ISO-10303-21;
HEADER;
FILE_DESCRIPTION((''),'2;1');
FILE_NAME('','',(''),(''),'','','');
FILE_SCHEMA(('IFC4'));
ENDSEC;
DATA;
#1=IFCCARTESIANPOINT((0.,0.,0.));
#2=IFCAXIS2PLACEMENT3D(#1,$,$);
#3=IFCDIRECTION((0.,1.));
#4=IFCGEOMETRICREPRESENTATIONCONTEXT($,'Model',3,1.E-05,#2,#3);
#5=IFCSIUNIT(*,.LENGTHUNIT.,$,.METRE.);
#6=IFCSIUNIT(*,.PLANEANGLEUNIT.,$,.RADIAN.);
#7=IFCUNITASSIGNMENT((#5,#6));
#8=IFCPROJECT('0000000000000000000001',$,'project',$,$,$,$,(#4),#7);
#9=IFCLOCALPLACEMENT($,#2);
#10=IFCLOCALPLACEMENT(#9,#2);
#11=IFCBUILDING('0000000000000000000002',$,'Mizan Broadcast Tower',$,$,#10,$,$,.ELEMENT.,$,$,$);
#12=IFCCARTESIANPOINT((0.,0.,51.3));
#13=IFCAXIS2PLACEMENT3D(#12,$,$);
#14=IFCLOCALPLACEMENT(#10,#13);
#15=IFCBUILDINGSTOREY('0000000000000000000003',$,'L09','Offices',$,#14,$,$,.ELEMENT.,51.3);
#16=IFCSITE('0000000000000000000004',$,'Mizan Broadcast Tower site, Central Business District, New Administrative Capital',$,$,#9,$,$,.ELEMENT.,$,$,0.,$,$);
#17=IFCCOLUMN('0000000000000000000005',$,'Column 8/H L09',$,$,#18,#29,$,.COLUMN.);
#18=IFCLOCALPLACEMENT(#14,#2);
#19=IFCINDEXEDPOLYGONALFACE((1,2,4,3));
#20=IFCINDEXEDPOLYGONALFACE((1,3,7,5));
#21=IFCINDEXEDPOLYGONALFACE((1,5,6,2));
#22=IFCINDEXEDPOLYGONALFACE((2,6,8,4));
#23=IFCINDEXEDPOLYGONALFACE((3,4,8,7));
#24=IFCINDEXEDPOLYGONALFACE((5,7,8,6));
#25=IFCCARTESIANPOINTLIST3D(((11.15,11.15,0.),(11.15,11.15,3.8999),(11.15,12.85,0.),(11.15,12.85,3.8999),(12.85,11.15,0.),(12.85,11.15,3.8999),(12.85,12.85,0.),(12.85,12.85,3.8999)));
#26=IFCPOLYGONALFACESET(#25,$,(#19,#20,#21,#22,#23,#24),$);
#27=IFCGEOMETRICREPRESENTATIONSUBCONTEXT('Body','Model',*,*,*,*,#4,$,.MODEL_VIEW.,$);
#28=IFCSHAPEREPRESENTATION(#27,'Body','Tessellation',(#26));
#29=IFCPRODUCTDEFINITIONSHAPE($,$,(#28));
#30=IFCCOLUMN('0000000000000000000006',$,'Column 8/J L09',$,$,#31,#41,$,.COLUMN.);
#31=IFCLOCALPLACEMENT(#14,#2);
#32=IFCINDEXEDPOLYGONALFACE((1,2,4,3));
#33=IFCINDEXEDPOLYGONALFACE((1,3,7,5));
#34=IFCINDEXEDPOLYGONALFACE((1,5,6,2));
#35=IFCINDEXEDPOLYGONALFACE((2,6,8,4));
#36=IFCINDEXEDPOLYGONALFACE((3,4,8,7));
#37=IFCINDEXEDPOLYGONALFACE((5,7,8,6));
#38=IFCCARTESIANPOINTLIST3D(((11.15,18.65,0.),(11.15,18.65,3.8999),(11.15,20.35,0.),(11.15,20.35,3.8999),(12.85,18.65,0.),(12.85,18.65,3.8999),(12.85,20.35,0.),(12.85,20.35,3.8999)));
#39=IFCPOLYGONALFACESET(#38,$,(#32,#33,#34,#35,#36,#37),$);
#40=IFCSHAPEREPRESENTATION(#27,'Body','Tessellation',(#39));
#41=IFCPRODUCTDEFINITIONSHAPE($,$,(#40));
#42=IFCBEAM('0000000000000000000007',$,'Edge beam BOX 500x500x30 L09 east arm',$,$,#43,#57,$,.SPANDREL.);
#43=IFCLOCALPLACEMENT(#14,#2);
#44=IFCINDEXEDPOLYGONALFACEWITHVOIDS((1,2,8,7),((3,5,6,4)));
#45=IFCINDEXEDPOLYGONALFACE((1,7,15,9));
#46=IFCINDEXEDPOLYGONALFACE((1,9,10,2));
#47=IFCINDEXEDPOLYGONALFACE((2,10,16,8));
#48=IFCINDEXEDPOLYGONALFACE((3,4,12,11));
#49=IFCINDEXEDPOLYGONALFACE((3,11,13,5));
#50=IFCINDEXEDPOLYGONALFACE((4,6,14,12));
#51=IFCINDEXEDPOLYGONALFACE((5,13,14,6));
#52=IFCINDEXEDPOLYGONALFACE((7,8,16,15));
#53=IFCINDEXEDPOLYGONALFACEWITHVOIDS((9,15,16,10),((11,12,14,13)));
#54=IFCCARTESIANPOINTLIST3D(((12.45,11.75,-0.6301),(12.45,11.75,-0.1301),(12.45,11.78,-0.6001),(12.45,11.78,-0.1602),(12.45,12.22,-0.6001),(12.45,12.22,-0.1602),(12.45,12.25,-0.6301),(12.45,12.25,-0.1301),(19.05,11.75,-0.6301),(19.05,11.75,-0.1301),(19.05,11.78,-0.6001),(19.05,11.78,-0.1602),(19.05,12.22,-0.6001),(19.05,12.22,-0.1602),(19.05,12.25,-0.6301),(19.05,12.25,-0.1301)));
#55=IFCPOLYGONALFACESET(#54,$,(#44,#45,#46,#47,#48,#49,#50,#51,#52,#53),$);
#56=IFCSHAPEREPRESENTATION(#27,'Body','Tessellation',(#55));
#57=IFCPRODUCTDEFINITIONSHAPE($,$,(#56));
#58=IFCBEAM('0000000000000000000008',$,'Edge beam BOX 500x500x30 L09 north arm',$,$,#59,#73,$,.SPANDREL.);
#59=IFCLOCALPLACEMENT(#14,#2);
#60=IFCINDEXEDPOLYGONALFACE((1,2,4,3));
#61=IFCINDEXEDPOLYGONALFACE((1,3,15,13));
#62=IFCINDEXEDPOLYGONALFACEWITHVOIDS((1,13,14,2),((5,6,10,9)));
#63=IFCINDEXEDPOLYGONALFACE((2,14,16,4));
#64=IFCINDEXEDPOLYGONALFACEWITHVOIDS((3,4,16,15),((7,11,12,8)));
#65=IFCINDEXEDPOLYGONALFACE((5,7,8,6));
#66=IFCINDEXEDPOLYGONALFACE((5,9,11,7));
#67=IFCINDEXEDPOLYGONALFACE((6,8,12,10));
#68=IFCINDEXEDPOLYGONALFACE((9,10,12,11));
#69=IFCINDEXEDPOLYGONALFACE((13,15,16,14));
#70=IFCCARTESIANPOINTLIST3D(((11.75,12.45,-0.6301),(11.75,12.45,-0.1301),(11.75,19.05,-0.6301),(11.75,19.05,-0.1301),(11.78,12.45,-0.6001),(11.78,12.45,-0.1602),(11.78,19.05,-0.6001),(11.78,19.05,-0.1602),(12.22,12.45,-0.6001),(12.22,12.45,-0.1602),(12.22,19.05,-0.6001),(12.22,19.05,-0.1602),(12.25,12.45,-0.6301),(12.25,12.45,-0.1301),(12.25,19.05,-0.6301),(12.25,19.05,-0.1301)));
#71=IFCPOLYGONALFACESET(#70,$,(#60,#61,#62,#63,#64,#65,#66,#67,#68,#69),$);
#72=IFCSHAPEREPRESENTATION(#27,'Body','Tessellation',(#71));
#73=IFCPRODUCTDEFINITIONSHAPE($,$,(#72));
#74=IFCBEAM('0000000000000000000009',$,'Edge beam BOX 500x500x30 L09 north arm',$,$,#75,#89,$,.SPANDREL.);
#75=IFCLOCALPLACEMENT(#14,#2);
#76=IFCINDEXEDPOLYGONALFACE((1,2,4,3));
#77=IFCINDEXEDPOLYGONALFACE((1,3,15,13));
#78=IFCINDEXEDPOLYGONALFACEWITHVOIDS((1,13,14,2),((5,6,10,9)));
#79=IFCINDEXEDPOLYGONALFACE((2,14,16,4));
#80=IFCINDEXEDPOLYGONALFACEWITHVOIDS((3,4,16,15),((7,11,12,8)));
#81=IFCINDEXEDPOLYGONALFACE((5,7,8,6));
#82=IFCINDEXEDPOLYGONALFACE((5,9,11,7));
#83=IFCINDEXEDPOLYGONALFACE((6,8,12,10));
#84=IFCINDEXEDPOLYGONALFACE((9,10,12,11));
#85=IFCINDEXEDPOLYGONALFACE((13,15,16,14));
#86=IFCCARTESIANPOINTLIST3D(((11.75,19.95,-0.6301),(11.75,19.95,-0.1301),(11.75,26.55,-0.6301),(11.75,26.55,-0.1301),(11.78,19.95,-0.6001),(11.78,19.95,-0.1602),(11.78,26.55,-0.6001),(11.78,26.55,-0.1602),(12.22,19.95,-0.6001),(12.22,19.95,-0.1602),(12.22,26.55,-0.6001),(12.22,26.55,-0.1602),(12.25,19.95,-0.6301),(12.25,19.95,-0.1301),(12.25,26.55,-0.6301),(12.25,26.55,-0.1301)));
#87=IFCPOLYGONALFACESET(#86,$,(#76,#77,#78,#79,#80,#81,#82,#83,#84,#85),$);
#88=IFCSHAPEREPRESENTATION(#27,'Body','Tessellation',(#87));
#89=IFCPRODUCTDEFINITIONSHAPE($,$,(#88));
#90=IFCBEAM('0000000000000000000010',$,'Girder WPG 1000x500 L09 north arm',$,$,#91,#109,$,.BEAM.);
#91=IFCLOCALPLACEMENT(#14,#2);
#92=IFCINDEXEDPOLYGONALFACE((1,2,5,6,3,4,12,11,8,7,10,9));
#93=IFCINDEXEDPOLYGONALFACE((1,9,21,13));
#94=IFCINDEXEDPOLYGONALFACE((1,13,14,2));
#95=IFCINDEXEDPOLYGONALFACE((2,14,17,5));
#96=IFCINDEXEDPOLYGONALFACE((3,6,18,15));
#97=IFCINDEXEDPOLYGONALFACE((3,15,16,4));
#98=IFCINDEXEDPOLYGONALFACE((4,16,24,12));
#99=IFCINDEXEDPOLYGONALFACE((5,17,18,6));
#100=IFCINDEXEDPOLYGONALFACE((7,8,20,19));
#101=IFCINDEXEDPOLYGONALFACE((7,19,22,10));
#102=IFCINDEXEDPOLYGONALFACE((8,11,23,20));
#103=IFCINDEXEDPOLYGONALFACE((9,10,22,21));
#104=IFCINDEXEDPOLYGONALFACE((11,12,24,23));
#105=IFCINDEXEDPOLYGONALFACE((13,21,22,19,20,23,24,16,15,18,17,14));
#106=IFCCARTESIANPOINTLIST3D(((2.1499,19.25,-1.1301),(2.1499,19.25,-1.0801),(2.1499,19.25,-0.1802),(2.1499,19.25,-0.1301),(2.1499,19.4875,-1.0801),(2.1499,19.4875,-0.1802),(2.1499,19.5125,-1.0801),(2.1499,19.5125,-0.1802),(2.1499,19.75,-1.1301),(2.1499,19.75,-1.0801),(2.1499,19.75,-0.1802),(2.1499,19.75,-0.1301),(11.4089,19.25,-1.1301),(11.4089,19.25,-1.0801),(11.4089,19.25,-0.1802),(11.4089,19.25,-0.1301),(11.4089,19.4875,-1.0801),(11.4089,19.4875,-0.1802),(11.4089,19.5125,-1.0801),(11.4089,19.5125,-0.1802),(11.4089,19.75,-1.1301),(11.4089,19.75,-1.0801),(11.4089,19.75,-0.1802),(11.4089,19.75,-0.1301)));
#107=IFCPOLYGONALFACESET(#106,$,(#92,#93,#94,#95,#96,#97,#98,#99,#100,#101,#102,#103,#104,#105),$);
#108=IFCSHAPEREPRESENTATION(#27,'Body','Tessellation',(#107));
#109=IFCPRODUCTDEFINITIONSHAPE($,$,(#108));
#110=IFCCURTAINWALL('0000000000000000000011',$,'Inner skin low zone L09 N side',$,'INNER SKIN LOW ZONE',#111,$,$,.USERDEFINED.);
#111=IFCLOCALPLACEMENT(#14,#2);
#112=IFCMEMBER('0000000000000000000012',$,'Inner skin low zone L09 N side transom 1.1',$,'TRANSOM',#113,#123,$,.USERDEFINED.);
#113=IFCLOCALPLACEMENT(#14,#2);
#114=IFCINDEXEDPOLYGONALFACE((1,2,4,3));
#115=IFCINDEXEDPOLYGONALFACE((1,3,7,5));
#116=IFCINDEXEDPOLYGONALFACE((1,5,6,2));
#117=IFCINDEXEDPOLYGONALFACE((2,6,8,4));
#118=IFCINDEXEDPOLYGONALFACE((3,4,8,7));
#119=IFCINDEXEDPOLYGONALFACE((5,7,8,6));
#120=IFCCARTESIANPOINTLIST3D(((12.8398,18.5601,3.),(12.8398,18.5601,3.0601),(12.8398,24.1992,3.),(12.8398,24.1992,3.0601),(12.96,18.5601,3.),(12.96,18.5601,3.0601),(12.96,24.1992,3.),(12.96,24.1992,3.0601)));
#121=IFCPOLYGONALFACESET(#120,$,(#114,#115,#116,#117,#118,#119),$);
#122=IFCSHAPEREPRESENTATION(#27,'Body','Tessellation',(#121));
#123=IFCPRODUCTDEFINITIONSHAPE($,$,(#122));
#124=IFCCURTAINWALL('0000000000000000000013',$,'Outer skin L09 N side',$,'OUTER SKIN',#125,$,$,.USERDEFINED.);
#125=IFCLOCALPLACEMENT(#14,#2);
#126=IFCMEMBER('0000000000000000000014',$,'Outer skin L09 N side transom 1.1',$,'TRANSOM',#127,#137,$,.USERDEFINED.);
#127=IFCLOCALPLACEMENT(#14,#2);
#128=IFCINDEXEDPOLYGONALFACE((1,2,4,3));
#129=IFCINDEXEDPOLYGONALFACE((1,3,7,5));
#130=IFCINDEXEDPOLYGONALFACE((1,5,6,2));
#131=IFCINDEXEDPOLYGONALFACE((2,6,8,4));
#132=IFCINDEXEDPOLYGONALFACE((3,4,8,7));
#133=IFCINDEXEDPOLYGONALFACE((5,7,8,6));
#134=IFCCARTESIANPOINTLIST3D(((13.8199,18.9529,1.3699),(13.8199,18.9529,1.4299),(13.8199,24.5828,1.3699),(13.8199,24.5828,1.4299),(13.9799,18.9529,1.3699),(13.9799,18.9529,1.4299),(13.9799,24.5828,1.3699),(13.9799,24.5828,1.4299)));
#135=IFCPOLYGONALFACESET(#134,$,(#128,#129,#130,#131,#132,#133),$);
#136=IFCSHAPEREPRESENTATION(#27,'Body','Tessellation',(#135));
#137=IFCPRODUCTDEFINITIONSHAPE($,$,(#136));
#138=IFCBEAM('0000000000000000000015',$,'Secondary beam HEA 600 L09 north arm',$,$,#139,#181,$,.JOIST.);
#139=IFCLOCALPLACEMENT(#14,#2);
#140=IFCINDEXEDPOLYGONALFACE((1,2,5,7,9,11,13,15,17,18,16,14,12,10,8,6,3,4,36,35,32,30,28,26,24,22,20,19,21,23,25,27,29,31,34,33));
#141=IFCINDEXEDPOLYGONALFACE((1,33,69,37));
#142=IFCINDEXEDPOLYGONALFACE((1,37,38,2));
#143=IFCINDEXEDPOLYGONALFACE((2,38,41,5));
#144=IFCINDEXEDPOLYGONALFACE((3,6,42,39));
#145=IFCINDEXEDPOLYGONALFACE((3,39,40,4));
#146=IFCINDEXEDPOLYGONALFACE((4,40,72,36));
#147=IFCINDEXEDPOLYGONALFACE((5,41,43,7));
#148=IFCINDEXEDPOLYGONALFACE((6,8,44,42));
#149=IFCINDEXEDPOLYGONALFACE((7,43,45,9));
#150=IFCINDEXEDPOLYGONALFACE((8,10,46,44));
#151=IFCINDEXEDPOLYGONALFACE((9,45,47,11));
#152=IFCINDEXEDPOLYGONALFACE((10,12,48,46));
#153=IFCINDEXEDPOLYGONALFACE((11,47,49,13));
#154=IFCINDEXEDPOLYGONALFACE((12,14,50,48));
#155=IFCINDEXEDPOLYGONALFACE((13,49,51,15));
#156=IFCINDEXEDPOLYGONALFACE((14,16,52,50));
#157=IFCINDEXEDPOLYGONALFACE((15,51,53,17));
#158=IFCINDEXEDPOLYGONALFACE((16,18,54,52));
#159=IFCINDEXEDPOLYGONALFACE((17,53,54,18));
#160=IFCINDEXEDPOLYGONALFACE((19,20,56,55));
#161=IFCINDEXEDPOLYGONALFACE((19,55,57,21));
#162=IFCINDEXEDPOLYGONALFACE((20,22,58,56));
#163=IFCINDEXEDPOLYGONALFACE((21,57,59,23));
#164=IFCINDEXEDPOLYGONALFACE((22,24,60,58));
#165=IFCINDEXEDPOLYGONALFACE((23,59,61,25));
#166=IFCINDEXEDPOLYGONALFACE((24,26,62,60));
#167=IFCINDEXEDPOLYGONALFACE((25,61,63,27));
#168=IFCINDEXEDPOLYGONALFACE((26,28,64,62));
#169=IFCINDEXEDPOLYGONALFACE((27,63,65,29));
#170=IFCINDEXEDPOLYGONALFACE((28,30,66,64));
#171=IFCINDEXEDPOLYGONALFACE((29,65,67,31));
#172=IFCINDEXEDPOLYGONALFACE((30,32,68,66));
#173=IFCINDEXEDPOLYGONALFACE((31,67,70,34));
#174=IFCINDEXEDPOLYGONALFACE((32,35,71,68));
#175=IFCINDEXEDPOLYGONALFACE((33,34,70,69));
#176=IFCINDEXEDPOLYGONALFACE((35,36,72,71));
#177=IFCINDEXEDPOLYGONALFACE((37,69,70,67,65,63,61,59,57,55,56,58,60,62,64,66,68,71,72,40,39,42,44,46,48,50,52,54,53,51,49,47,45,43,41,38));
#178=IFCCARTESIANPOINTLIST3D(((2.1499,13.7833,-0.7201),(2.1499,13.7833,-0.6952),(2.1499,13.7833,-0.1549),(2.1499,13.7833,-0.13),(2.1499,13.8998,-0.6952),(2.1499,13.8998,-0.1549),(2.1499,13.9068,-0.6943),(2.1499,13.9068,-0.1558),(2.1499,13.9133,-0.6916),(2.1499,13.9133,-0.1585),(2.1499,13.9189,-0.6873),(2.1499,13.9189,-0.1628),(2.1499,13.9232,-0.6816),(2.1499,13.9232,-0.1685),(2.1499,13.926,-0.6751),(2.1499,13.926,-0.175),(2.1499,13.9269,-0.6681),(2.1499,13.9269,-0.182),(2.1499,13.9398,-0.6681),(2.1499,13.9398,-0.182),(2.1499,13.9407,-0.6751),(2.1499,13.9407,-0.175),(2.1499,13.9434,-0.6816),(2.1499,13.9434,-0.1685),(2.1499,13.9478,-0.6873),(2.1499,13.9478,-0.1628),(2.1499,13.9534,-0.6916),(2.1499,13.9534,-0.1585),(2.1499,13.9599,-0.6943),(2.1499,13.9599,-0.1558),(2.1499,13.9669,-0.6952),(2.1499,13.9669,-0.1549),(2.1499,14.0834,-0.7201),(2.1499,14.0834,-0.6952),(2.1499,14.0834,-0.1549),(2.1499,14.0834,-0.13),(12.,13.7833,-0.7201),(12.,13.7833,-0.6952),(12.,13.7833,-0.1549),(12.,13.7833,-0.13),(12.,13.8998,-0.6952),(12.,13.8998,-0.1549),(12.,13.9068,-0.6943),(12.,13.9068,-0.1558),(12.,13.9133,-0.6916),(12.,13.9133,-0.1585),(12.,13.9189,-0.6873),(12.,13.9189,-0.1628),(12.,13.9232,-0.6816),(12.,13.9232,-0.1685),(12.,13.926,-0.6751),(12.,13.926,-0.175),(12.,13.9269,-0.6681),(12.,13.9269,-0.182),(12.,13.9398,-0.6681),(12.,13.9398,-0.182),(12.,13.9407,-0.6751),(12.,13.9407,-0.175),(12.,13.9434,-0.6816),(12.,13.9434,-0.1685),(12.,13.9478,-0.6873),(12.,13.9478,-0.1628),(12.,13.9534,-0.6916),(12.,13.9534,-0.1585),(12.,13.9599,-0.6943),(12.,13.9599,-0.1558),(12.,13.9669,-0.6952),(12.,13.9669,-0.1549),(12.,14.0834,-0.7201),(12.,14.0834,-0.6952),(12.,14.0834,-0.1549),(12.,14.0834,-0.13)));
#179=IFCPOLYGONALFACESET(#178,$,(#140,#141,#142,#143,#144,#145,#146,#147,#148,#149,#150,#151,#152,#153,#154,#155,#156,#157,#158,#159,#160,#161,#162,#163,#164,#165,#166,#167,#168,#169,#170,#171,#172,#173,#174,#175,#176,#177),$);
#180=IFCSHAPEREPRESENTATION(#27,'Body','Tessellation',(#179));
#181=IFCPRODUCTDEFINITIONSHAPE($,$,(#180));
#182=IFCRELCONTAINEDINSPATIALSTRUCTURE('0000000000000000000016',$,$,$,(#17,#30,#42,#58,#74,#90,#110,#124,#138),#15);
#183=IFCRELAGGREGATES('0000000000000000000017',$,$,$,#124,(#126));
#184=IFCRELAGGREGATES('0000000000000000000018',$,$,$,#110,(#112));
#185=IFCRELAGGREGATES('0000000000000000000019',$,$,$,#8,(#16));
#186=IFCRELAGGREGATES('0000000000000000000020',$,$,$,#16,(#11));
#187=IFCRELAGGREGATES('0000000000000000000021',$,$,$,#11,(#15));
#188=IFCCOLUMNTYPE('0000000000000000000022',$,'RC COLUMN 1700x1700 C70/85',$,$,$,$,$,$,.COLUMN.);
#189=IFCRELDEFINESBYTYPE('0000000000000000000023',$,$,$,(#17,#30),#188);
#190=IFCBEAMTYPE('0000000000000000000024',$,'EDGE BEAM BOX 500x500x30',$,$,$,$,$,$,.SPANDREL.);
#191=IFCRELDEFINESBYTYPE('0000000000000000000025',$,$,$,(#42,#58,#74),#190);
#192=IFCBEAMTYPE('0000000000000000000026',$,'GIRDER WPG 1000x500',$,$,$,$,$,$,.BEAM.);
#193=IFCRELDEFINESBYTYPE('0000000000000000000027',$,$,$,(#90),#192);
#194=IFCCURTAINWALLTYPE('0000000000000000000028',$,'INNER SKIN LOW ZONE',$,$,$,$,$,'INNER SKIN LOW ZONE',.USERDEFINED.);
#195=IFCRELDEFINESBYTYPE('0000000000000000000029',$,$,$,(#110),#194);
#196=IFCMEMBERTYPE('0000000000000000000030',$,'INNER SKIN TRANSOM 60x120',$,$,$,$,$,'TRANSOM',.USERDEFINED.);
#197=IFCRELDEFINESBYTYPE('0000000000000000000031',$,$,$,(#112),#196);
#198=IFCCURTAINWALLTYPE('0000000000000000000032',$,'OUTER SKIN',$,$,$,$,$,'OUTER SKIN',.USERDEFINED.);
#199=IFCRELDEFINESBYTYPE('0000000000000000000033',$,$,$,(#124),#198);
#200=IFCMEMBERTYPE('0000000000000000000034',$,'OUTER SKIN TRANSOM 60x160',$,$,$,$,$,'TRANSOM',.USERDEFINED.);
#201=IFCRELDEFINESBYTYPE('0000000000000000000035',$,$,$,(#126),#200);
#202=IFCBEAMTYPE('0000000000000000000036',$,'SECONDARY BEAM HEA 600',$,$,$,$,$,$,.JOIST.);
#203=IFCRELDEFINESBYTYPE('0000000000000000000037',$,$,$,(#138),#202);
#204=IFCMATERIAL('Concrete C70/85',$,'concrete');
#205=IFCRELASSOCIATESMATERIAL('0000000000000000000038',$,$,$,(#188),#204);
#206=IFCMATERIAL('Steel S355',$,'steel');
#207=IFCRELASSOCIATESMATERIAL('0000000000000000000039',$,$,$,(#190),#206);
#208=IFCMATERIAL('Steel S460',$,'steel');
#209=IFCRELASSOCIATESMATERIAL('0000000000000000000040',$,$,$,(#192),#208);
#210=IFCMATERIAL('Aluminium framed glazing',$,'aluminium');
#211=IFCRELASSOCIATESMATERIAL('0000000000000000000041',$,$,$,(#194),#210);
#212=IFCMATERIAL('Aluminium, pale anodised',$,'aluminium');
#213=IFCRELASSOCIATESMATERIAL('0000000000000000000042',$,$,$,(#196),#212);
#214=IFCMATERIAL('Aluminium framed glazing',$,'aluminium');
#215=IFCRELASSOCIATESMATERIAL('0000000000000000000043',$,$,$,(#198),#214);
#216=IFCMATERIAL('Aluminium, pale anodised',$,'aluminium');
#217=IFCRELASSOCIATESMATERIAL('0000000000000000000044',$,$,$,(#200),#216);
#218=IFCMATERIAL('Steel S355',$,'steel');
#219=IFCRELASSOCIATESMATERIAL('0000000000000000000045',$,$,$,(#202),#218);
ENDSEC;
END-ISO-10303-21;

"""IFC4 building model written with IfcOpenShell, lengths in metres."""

from ifc_helpers import new_model, si_unit, direction, frame, origin, origin_2d, place, context, subcontext, project, spatial, rectangle, hollow_rectangle, i_section, extrude, material, material_profile, profile_set, type_object, element, aggregate, save


model = new_model("IFC4")

# Units and contexts
model_context = context("Model", 3, precision=1e-05, world=origin(), true_north=direction((0.0, 1.0)))
body_context = subcontext(model_context, "Body", "Model", "MODEL_VIEW")
ifc_project = project(units=[si_unit("LENGTHUNIT", "METRE"), si_unit("PLANEANGLEUNIT", "RADIAN")], contexts=[model_context])

# Site, building, storey
site_placement = place(None, origin())
site = spatial("IfcSite", under=ifc_project, at=site_placement, Name="Mizan Broadcast Tower site, Central Business District, New Administrative Capital", CompositionType="ELEMENT", RefElevation=0.0)
building_placement = place(site_placement, origin())
building = spatial("IfcBuilding", under=site, at=building_placement, Name="Mizan Broadcast Tower", CompositionType="ELEMENT")
storey_placement = place(building_placement, frame((0.0, 0.0, 51.3)))
storey = spatial("IfcBuildingStorey", under=building, at=storey_placement, Name="L09", Description="Offices", CompositionType="ELEMENT", Elevation=51.3)

# Columns
ifc_material_1 = material(Name="Concrete C70/85", Category="concrete")
ifc_material_profile_1 = material_profile(ifc_material_1, rectangle(XDim=1.7, YDim=1.7, at=origin_2d()), Name="RC 1700x1700")
ifc_profile_set_1 = profile_set([ifc_material_profile_1], Name="Concrete C70/85")
column_type = type_object("IfcColumnType", Name="RC COLUMN 1700x1700 C70/85", PredefinedType="COLUMN", material=ifc_profile_set_1)
for number, where, z_axis, x_axis, name in (
    (1, (12.0, 12.0, 0.0), (0.0, 0.0, 1.0), (1.0, 0.0, 0.0), "Column 8/H L09"),
    (2, (12.0, 19.5, 0.0), (0.0, 0.0, 1.0), (1.0, 0.0, 0.0), "Column 8/J L09"),
):
    element("IfcColumn", number, at=place(storey_placement, frame(where, z_axis=z_axis, x_axis=x_axis)), inside=storey, type_object=column_type, Name=name, PredefinedType="COLUMN", context=body_context, shape_type="SweptSolid", body=[
        extrude(rectangle(XDim=1.7, YDim=1.7, at=origin_2d()), origin(), (0.0, 0.0, 1.0), 3.8999),
    ])

# Beams
ifc_material_2 = material(Name="Steel S355", Category="steel")
ifc_material_profile_2 = material_profile(ifc_material_2, hollow_rectangle(XDim=0.5, YDim=0.5, WallThickness=0.03, at=origin_2d()), Name="BOX 500x500x30")
ifc_profile_set_2 = profile_set([ifc_material_profile_2], Name="Steel S355")
beam_type_1 = type_object("IfcBeamType", Name="EDGE BEAM BOX 500x500x30", PredefinedType="SPANDREL", material=ifc_profile_set_2)
for number, where, z_axis, x_axis, name in (
    (3, (12.45, 12.0, -0.3801), (1.0, 0.0, 0.0), (0.0, 1.0, 0.0), "Edge beam BOX 500x500x30 L09 east arm"),
    (4, (12.0, 12.45, -0.3801), (0.0, 1.0, 0.0), (-1.0, 0.0, 0.0), "Edge beam BOX 500x500x30 L09 north arm"),
    (5, (12.0, 19.95, -0.3801), (0.0, 1.0, 0.0), (-1.0, 0.0, 0.0), "Edge beam BOX 500x500x30 L09 north arm"),
):
    element("IfcBeam", number, at=place(storey_placement, frame(where, z_axis=z_axis, x_axis=x_axis)), inside=storey, type_object=beam_type_1, Name=name, PredefinedType="SPANDREL", context=body_context, shape_type="SweptSolid", body=[
        extrude(hollow_rectangle(XDim=0.5, YDim=0.5, WallThickness=0.03, at=origin_2d()), origin(), (0.0, 0.0, 1.0), 6.6001),
    ])
ifc_material_3 = material(Name="Steel S460", Category="steel")
ifc_material_profile_3 = material_profile(ifc_material_3, i_section(OverallWidth=0.5, OverallDepth=1.0, WebThickness=0.0249, FlangeThickness=0.05, at=origin_2d()), Name="WPG 1000x500")
ifc_profile_set_3 = profile_set([ifc_material_profile_3], Name="Steel S460")
beam_type_2 = type_object("IfcBeamType", Name="GIRDER WPG 1000x500", PredefinedType="BEAM", material=ifc_profile_set_3)
beam_1_placement = place(storey_placement, frame((11.4089, 19.5, -0.6301), z_axis=(-1.0, 0.0, 0.0), x_axis=(0.0, -1.0, 0.0)))
element("IfcBeam", 6, at=beam_1_placement, inside=storey, type_object=beam_type_2, Name="Girder WPG 1000x500 L09 north arm", PredefinedType="BEAM", context=body_context, shape_type="SweptSolid", body=[
    extrude(i_section(OverallWidth=0.5, OverallDepth=1.0, WebThickness=0.0249, FlangeThickness=0.05, at=origin_2d()), origin(), (0.0, 0.0, 1.0), 9.259),
])

# Curtain walls, members
ifc_material_4 = material(Name="Aluminium framed glazing", Category="aluminium")
curtain_wall_type_1 = type_object("IfcCurtainWallType", Name="INNER SKIN LOW ZONE", ElementType="INNER SKIN LOW ZONE", PredefinedType="USERDEFINED", material=ifc_material_4)
curtain_wall_1_placement = place(storey_placement, origin())
curtain_wall_1 = element("IfcCurtainWall", 7, at=curtain_wall_1_placement, inside=storey, type_object=curtain_wall_type_1, Name="Inner skin low zone L09 N side", ObjectType="INNER SKIN LOW ZONE", PredefinedType="USERDEFINED")
ifc_material_5 = material(Name="Aluminium, pale anodised", Category="aluminium")
ifc_material_profile_4 = material_profile(ifc_material_5, rectangle(XDim=0.1201, YDim=0.0601, at=origin_2d()), Name="TRANSOM 120x60")
ifc_profile_set_4 = profile_set([ifc_material_profile_4], Name="Aluminium, pale anodised")
member_type_1 = type_object("IfcMemberType", Name="INNER SKIN TRANSOM 60x120", ElementType="TRANSOM", PredefinedType="USERDEFINED", material=ifc_profile_set_4)
member_1_placement = place(storey_placement, frame((12.8999, 18.5601, 3.03), z_axis=(0.0, 1.0, 0.0), x_axis=(-1.0, 0.0, 0.0)))
member_1 = element("IfcMember", 8, at=member_1_placement, type_object=member_type_1, Name="Inner skin low zone L09 N side transom 1.1", ObjectType="TRANSOM", PredefinedType="USERDEFINED", context=body_context, shape_type="SweptSolid", body=[
    extrude(rectangle(XDim=0.1201, YDim=0.0601, at=origin_2d()), origin(), (0.0, 0.0, 1.0), 5.6392),
])
ifc_material_6 = material(Name="Aluminium framed glazing", Category="aluminium")
curtain_wall_type_2 = type_object("IfcCurtainWallType", Name="OUTER SKIN", ElementType="OUTER SKIN", PredefinedType="USERDEFINED", material=ifc_material_6)
curtain_wall_2_placement = place(storey_placement, origin())
curtain_wall_2 = element("IfcCurtainWall", 9, at=curtain_wall_2_placement, inside=storey, type_object=curtain_wall_type_2, Name="Outer skin L09 N side", ObjectType="OUTER SKIN", PredefinedType="USERDEFINED")
ifc_material_7 = material(Name="Aluminium, pale anodised", Category="aluminium")
ifc_material_profile_5 = material_profile(ifc_material_7, rectangle(XDim=0.1599, YDim=0.0601, at=origin_2d()), Name="TRANSOM 160x60")
ifc_profile_set_5 = profile_set([ifc_material_profile_5], Name="Aluminium, pale anodised")
member_type_2 = type_object("IfcMemberType", Name="OUTER SKIN TRANSOM 60x160", ElementType="TRANSOM", PredefinedType="USERDEFINED", material=ifc_profile_set_5)
member_2_placement = place(storey_placement, frame((13.8999, 18.9529, 1.3999), z_axis=(0.0, 1.0, 0.0), x_axis=(-1.0, 0.0, 0.0)))
member_2 = element("IfcMember", 10, at=member_2_placement, type_object=member_type_2, Name="Outer skin L09 N side transom 1.1", ObjectType="TRANSOM", PredefinedType="USERDEFINED", context=body_context, shape_type="SweptSolid", body=[
    extrude(rectangle(XDim=0.1599, YDim=0.0601, at=origin_2d()), origin(), (0.0, 0.0, 1.0), 5.6299),
])
aggregate(curtain_wall_2, [member_2])

# Beam
ifc_material_8 = material(Name="Steel S355", Category="steel")
ifc_material_profile_6 = material_profile(ifc_material_8, i_section(OverallWidth=0.3, OverallDepth=0.5901, WebThickness=0.0129, FlangeThickness=0.0249, FilletRadius=0.0271, at=origin_2d()), Name="HEA 600")
ifc_profile_set_6 = profile_set([ifc_material_profile_6], Name="Steel S355")
beam_type_3 = type_object("IfcBeamType", Name="SECONDARY BEAM HEA 600", PredefinedType="JOIST", material=ifc_profile_set_6)
for number, where, z_axis, x_axis, name in (
    (11, (12.0, 13.9333, -0.425), (-1.0, 0.0, 0.0), (0.0, -1.0, 0.0), "Secondary beam HEA 600 L09 north arm"),
):
    element("IfcBeam", number, at=place(storey_placement, frame(where, z_axis=z_axis, x_axis=x_axis)), inside=storey, type_object=beam_type_3, Name=name, PredefinedType="JOIST", context=body_context, shape_type="SweptSolid", body=[
        extrude(i_section(OverallWidth=0.3, OverallDepth=0.5901, WebThickness=0.0129, FlangeThickness=0.0249, FilletRadius=0.0271, at=origin_2d()), origin(), (0.0, 0.0, 1.0), 9.8501),
    ])

aggregate(curtain_wall_1, [member_1])

save(model, "model.ifc")
